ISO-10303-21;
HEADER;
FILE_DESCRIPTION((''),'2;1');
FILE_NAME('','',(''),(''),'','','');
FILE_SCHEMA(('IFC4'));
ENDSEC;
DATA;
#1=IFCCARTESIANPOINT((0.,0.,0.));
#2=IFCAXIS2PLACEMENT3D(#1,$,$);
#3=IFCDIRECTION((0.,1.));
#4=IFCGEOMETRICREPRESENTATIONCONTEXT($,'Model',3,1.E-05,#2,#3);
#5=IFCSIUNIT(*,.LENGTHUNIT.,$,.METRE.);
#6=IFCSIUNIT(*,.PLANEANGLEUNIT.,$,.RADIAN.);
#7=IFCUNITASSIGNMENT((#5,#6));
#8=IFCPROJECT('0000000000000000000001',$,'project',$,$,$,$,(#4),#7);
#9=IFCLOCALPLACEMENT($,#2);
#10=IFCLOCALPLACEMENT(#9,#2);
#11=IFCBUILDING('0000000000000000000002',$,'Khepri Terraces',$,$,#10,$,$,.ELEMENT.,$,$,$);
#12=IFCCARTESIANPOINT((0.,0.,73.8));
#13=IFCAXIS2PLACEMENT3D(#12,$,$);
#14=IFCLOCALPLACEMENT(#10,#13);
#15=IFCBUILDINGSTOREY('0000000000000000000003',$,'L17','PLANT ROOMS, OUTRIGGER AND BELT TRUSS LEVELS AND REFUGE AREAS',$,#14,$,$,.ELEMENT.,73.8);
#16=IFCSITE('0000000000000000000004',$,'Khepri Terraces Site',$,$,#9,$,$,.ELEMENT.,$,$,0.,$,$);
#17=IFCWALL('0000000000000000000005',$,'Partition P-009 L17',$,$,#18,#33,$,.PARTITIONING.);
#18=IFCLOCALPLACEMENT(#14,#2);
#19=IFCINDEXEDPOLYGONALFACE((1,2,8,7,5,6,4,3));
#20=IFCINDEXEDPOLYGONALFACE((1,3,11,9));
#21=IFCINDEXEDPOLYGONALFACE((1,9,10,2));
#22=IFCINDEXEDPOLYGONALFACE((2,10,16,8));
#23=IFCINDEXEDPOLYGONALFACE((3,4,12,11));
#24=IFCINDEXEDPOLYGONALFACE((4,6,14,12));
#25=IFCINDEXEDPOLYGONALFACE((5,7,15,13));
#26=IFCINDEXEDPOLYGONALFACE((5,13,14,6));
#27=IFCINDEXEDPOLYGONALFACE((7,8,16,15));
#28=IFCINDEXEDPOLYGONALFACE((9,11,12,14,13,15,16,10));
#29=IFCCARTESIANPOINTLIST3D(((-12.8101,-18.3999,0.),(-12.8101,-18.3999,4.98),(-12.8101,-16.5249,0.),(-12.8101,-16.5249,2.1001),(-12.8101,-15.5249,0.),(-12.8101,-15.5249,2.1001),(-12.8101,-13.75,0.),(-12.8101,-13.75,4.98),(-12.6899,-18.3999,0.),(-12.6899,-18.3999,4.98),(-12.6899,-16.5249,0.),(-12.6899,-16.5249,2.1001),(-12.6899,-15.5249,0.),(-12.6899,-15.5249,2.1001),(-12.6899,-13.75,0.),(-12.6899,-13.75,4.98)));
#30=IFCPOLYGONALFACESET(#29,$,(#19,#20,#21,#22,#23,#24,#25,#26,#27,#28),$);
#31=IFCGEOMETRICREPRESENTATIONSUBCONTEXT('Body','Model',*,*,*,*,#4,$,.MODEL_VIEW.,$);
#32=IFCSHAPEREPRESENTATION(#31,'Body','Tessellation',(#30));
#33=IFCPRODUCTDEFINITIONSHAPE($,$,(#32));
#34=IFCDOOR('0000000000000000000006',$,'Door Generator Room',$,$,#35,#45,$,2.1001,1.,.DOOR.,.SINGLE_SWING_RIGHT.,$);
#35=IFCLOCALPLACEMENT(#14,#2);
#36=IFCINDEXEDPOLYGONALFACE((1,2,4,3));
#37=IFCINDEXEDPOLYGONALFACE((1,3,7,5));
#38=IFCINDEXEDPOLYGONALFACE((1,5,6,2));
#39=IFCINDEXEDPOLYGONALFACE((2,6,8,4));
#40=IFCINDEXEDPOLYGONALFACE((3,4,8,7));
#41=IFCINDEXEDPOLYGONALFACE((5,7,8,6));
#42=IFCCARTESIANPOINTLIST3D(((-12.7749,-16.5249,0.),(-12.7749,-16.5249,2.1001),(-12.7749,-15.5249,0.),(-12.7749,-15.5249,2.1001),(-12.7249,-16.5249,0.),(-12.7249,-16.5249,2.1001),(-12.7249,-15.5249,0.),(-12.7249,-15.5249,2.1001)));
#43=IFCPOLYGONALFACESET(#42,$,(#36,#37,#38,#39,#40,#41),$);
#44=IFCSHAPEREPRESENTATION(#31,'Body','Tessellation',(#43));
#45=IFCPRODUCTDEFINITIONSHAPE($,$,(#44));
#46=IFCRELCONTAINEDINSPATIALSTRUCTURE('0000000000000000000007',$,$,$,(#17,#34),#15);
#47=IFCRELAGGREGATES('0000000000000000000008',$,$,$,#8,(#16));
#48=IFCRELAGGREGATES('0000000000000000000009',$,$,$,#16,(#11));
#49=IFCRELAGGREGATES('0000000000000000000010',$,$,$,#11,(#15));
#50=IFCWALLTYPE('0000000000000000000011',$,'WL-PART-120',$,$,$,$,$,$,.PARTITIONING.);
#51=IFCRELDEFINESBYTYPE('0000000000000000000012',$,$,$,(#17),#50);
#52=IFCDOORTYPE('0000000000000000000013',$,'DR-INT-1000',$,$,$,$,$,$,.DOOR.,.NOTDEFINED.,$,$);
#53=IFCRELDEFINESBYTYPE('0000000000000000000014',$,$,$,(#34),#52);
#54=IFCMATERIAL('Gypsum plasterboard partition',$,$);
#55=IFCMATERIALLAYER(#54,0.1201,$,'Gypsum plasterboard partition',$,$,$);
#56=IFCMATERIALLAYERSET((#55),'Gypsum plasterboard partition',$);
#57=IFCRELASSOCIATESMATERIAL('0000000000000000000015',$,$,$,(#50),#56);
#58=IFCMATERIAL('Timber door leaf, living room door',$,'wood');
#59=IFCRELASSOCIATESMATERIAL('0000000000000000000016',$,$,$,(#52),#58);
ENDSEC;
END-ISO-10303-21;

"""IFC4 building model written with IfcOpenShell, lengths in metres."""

from ifc_helpers import new_model, si_unit, direction, frame, frame_2d, origin, place, context, subcontext, project, spatial, rectangle, extrude, material, layer, layer_set, type_object, element, fill, save


model = new_model("IFC4")

# Units and contexts
model_context = context("Model", 3, precision=1e-05, world=origin(), true_north=direction((0.0, 1.0)))
body_context = subcontext(model_context, "Body", "Model", "MODEL_VIEW")
ifc_project = project(units=[si_unit("LENGTHUNIT", "METRE"), si_unit("PLANEANGLEUNIT", "RADIAN")], contexts=[model_context])

# Site, building, storey
site_placement = place(None, origin())
site = spatial("IfcSite", under=ifc_project, at=site_placement, Name="Khepri Terraces Site", CompositionType="ELEMENT", RefElevation=0.0)
building_placement = place(site_placement, origin())
building = spatial("IfcBuilding", under=site, at=building_placement, Name="Khepri Terraces", CompositionType="ELEMENT")
storey_placement = place(building_placement, frame((0.0, 0.0, 73.8)))
storey = spatial("IfcBuildingStorey", under=building, at=storey_placement, Name="L17", Description="PLANT ROOMS, OUTRIGGER AND BELT TRUSS LEVELS AND REFUGE AREAS", CompositionType="ELEMENT", Elevation=73.8)

# Wall, opening, door
ifc_material_1 = material(Name="Gypsum plasterboard partition")
ifc_layer_1 = layer(ifc_material_1, 0.1201, Name="Gypsum plasterboard partition")
ifc_layer_set_1 = layer_set([ifc_layer_1], Name="Gypsum plasterboard partition")
wall_type_1 = type_object("IfcWallType", Name="WL-PART-120", PredefinedType="PARTITIONING", material=ifc_layer_set_1)
wall_1_placement = place(storey_placement, frame((-12.75, -18.3999, 0.0), z_axis=(0.0, 0.0, 1.0), x_axis=(0.0, 1.0, 0.0)))
wall_1 = element("IfcWall", 1, at=wall_1_placement, inside=storey, type_object=wall_type_1, Name="Partition P-009 L17", PredefinedType="PARTITIONING", context=body_context, shape_type="SweptSolid", body=[
    extrude(rectangle(XDim=4.6499, YDim=0.1201, at=frame_2d((2.325, 0.0))), origin(), (0.0, 0.0, 1.0), 4.98),
])
opening_placement = place(wall_1_placement, frame((1.875, 0.0, 0.0)))
opening = element("IfcOpeningElement", 2, at=opening_placement, cuts=wall_1, PredefinedType="OPENING", context=body_context, shape_type="SweptSolid", body=[
    extrude(rectangle(XDim=1.0, YDim=2.1001, at=frame_2d((0.5, 1.05))), frame((0.0, 0.0701, 0.0), z_axis=(0.0, -1.0, 0.0), x_axis=(1.0, 0.0, 0.0)), (0.0, 0.0, 1.0), 0.1401),
])
ifc_material_2 = material(Name="Timber door leaf, living room door", Category="wood")
door_type = type_object("IfcDoorType", Name="DR-INT-1000", OperationType="NOTDEFINED", PredefinedType="DOOR", material=ifc_material_2)
door_placement = place(opening_placement, origin())
door = element("IfcDoor", 3, at=door_placement, inside=storey, type_object=door_type, Name="Door Generator Room", OperationType="SINGLE_SWING_RIGHT", OverallHeight=2.1001, OverallWidth=1.0, PredefinedType="DOOR", context=body_context, shape_type="SweptSolid", body=[
    extrude(rectangle(XDim=1.0, YDim=2.1001, at=frame_2d((0.5, 1.05))), frame((0.0, 0.0249, 0.0), z_axis=(0.0, -1.0, 0.0), x_axis=(1.0, 0.0, 0.0)), (0.0, 0.0, 1.0), 0.05),
])
fill(opening, door)

save(model, "model.ifc")
